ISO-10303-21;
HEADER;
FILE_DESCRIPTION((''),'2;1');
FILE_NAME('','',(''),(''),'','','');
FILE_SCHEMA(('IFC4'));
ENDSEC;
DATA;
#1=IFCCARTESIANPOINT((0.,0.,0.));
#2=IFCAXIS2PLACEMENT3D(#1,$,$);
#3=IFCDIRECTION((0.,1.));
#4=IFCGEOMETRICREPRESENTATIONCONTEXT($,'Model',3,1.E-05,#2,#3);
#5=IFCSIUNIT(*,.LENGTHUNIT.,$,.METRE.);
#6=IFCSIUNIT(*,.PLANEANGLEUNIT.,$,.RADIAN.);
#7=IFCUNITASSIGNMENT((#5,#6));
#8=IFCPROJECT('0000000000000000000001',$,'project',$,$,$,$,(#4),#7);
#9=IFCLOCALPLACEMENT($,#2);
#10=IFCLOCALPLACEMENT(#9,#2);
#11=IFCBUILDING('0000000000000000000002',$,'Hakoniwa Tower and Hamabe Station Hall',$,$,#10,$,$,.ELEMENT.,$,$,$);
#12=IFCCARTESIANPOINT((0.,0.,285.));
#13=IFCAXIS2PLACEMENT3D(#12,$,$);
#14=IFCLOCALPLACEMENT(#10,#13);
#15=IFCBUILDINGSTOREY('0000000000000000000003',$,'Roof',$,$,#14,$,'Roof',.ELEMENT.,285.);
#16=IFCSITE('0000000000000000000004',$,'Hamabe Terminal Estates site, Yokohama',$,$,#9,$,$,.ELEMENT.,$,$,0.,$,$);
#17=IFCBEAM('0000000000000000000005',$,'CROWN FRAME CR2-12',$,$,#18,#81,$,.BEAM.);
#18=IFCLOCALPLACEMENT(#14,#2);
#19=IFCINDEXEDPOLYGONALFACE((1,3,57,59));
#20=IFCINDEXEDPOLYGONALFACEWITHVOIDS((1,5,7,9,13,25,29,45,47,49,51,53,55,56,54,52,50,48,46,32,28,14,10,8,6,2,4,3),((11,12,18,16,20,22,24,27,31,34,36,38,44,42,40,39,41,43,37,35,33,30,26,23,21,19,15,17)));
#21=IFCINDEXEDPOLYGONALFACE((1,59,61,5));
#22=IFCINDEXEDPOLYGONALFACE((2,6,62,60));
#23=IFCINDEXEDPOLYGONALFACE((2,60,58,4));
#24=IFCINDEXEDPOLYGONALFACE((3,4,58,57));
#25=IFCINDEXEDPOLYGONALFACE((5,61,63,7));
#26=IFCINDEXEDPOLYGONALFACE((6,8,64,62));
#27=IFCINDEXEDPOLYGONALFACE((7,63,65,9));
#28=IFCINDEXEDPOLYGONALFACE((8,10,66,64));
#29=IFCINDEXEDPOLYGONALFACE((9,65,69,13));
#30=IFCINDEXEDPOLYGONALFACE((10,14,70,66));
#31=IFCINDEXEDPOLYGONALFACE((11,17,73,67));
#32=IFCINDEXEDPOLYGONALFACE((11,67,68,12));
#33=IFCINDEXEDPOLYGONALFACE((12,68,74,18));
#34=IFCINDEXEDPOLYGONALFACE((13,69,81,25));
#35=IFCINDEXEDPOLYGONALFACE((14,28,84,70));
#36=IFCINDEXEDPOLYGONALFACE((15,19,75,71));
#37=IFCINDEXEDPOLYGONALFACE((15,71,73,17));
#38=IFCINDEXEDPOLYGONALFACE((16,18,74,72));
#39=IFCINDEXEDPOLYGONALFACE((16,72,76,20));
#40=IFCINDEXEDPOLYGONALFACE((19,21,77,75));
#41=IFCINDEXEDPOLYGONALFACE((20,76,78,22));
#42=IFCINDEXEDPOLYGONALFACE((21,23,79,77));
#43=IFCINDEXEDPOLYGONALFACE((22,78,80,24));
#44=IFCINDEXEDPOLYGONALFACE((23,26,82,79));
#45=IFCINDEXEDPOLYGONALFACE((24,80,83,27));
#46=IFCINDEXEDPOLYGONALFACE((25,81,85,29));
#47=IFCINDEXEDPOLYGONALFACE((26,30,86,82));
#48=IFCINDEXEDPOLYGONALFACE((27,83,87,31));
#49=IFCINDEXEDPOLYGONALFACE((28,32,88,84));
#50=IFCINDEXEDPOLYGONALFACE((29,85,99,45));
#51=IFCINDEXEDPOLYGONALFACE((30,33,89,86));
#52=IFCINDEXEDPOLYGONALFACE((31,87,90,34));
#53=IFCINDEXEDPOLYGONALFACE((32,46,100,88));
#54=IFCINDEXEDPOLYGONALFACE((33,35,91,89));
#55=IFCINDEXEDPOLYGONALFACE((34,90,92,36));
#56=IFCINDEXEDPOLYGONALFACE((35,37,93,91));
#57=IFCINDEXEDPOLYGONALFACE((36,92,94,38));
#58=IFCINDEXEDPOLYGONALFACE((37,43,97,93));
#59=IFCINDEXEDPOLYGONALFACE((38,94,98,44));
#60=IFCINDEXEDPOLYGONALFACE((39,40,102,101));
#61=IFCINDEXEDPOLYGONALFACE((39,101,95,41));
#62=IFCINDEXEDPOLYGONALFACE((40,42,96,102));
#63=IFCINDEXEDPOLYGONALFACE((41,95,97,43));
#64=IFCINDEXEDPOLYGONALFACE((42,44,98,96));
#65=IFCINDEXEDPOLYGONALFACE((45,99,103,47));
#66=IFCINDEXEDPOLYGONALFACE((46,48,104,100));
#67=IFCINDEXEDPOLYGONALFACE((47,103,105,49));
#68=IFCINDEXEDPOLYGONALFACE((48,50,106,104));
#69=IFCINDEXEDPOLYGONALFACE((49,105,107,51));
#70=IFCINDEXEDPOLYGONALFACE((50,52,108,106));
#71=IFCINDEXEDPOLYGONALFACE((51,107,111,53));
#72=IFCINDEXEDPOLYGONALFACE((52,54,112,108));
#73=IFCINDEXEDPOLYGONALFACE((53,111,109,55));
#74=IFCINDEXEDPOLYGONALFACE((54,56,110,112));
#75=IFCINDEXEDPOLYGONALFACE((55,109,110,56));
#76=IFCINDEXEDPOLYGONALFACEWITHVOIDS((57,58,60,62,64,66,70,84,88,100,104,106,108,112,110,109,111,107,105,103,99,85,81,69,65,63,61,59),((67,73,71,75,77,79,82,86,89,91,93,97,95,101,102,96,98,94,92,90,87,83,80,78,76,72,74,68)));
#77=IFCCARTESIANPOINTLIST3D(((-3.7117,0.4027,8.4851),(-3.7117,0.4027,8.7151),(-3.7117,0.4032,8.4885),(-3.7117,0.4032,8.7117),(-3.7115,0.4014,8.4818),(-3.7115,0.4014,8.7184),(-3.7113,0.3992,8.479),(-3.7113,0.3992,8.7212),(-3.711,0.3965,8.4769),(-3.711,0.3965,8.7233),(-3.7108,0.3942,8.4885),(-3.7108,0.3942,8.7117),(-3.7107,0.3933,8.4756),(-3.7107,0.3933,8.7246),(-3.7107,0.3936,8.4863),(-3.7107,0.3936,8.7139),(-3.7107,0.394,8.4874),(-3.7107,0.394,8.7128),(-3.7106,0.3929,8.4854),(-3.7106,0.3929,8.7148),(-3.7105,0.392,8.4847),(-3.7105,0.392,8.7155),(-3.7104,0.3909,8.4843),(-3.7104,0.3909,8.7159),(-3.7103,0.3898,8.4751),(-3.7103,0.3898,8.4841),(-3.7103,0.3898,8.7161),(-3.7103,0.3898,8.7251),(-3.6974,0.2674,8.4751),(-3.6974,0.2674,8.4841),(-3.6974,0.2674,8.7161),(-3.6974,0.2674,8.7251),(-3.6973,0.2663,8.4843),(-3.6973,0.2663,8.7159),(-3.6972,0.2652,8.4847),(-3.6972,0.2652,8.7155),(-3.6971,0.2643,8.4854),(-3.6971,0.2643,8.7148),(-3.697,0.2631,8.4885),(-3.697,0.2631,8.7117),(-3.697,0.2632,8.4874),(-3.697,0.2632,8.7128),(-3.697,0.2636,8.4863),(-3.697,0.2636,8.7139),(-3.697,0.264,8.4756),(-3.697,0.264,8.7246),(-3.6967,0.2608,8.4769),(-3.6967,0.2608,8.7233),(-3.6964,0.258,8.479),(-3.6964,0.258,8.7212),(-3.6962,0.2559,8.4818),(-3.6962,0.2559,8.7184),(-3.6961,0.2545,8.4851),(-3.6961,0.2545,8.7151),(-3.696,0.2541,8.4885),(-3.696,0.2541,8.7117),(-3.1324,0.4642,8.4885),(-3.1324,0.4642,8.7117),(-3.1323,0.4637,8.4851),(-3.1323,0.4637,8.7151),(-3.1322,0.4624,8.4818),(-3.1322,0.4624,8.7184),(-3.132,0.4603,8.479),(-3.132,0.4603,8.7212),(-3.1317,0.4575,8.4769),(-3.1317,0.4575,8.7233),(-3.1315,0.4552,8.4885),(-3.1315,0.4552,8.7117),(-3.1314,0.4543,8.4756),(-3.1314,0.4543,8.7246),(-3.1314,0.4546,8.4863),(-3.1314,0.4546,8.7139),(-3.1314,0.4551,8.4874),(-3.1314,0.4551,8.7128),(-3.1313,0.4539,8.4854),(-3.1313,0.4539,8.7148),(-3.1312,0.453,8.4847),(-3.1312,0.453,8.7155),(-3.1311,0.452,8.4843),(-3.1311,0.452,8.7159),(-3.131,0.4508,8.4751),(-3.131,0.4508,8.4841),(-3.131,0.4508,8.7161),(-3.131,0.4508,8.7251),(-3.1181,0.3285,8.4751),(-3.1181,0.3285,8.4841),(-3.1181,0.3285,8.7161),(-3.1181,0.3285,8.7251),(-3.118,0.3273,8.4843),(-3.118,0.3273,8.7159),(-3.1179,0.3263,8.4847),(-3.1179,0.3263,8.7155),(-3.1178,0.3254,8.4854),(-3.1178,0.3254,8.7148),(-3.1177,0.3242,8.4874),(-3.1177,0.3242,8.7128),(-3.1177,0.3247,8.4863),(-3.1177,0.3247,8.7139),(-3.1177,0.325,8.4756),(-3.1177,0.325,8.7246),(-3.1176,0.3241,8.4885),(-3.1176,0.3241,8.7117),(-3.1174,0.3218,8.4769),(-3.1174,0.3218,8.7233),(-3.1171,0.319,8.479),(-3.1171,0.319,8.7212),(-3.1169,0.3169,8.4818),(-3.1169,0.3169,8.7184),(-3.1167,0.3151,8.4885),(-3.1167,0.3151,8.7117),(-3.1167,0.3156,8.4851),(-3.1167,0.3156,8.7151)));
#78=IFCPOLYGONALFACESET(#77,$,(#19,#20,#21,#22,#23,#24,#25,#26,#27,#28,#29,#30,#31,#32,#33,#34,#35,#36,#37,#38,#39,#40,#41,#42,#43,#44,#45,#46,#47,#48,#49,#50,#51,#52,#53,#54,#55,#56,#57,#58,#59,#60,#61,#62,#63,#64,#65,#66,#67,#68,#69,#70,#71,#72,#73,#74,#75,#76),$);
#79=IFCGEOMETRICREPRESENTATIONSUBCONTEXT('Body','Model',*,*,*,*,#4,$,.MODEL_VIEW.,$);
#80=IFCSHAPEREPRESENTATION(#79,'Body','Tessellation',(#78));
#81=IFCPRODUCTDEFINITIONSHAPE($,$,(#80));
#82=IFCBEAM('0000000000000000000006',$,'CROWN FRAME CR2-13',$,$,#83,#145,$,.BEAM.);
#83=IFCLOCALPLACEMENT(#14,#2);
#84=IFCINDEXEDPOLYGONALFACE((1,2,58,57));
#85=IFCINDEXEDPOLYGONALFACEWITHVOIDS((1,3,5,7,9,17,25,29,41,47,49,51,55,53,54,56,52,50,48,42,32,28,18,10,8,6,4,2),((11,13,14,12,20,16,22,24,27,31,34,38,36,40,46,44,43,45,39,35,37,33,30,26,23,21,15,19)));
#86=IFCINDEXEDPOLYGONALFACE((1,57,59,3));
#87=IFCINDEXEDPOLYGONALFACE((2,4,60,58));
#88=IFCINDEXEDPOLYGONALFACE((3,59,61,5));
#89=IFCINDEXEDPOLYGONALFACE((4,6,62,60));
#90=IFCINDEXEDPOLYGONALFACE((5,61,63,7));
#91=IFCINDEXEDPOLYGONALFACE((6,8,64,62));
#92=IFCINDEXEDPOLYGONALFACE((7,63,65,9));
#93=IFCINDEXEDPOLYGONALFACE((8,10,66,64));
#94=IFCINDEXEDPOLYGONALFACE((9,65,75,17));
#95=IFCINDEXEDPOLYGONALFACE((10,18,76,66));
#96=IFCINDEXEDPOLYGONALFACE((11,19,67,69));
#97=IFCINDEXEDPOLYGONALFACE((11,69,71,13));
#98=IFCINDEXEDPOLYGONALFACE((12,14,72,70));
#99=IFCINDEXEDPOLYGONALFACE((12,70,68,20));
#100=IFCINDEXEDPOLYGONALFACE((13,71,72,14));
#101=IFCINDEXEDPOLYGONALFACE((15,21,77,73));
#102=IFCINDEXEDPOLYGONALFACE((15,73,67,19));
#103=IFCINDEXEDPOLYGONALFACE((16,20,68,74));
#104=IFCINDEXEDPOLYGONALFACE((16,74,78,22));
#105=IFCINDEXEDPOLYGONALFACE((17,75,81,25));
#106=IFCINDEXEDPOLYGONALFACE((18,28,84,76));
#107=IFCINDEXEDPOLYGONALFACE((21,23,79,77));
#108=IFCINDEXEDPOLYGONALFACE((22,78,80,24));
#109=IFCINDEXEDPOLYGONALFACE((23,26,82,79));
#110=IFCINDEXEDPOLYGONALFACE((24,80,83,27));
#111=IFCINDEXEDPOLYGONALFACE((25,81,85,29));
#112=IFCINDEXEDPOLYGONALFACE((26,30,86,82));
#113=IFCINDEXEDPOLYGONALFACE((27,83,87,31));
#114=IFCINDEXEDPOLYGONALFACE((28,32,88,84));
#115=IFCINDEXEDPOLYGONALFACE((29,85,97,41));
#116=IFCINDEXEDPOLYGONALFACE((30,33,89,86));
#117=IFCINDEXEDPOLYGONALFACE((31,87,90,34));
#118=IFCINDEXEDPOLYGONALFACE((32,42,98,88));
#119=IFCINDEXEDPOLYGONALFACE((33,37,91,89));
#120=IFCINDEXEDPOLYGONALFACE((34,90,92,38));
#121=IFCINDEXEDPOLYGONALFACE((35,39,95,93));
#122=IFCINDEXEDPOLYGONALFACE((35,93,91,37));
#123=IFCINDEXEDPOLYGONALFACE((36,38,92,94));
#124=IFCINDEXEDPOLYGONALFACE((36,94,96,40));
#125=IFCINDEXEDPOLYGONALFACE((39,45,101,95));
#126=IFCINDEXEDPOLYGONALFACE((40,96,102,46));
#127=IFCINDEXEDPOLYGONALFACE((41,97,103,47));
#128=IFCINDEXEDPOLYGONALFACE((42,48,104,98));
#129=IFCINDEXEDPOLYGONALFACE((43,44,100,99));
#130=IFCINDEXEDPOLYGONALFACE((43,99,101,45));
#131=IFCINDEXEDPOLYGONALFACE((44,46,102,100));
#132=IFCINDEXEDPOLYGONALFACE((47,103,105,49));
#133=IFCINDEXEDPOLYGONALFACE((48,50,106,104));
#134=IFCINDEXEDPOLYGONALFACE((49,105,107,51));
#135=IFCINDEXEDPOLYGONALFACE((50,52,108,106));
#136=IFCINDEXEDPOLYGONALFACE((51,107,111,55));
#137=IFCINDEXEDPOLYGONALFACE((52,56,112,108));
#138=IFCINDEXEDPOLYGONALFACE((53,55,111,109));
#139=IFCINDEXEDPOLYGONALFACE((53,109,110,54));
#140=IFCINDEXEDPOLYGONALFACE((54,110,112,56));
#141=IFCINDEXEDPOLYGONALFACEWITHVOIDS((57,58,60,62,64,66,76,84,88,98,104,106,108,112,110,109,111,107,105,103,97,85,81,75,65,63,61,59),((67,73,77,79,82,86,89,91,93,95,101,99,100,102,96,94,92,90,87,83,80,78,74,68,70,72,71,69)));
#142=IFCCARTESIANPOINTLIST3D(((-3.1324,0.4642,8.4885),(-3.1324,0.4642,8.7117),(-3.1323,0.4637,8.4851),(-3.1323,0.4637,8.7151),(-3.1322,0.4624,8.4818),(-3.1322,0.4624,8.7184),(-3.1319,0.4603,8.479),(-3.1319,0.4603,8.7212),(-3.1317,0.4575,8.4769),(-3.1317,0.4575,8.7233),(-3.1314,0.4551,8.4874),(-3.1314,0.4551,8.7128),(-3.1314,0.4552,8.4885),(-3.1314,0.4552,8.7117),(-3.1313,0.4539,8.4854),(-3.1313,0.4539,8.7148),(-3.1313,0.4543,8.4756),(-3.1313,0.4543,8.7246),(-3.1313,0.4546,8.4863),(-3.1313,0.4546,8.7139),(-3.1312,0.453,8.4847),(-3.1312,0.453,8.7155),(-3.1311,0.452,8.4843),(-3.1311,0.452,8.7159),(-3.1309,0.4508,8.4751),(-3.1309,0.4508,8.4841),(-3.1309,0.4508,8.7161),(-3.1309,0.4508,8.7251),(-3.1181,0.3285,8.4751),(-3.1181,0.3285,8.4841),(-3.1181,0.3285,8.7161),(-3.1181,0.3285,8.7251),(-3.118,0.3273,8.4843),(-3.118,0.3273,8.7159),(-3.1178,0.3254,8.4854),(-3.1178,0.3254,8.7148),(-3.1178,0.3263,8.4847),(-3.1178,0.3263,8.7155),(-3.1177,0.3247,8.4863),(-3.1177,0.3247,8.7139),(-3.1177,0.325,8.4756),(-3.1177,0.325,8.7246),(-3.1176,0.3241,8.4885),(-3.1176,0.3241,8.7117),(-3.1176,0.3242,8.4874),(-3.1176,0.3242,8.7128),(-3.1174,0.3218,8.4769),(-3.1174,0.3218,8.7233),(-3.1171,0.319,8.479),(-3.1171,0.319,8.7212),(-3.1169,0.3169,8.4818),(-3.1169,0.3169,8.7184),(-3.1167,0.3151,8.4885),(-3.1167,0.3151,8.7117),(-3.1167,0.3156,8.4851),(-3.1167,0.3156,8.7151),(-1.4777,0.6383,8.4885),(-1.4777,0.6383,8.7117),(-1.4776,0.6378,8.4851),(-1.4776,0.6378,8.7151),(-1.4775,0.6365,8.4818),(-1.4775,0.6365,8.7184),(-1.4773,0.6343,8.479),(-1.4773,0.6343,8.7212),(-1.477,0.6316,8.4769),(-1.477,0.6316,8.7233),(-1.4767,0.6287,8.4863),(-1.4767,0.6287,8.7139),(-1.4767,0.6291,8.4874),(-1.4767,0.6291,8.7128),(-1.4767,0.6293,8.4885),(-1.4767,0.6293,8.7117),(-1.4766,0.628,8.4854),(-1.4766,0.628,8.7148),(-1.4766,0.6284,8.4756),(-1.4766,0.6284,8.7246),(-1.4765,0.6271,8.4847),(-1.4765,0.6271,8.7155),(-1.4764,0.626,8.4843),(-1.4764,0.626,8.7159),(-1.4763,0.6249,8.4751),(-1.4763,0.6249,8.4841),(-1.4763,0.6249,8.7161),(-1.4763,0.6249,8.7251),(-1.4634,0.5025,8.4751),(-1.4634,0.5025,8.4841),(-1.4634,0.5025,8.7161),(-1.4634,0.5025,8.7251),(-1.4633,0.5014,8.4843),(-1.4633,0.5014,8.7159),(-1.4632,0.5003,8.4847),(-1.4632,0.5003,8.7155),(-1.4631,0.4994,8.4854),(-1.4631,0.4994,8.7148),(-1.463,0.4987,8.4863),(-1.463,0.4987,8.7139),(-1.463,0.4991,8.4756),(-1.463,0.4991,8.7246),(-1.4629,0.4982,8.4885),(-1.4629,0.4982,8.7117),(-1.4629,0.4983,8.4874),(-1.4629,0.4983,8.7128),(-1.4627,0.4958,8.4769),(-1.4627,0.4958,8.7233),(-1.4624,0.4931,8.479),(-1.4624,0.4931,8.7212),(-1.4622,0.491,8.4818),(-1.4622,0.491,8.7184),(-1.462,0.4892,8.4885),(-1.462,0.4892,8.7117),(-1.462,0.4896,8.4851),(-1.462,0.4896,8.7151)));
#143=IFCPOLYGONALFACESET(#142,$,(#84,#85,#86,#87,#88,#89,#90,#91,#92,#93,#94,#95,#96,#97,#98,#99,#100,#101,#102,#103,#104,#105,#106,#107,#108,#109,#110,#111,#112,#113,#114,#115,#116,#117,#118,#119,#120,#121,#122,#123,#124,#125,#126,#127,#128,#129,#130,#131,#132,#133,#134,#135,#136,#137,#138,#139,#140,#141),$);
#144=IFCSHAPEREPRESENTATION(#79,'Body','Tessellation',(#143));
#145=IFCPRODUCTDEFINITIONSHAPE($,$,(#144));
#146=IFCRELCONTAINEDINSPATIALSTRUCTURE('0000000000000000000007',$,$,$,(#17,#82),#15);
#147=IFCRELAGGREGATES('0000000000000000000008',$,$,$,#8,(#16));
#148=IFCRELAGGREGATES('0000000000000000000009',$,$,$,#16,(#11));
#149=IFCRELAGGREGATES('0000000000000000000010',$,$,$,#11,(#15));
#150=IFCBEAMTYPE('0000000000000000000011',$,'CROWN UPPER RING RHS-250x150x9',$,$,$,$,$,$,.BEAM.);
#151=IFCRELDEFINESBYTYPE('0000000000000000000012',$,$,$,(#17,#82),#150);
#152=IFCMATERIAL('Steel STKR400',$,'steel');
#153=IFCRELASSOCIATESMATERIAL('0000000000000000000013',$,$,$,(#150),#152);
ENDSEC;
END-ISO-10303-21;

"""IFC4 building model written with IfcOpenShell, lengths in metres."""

from ifc_helpers import new_model, si_unit, direction, frame, origin, origin_2d, place, context, subcontext, project, spatial, hollow_rectangle, extrude, material, material_profile, profile_set, type_object, element, save


model = new_model("IFC4")

# Units and contexts
model_context = context("Model", 3, precision=1e-05, world=origin(), true_north=direction((0.0, 1.0)))
body_context = subcontext(model_context, "Body", "Model", "MODEL_VIEW")
ifc_project = project(units=[si_unit("LENGTHUNIT", "METRE"), si_unit("PLANEANGLEUNIT", "RADIAN")], contexts=[model_context])

# Site, building, storey
site_placement = place(None, origin())
site = spatial("IfcSite", under=ifc_project, at=site_placement, Name="Hamabe Terminal Estates site, Yokohama", CompositionType="ELEMENT", RefElevation=0.0)
building_placement = place(site_placement, origin())
building = spatial("IfcBuilding", under=site, at=building_placement, Name="Hakoniwa Tower and Hamabe Station Hall", CompositionType="ELEMENT")
storey_placement = place(building_placement, frame((0.0, 0.0, 285.0)))
storey = spatial("IfcBuildingStorey", under=building, at=storey_placement, Name="Roof", LongName="Roof", CompositionType="ELEMENT", Elevation=285.0)

# Beams
ifc_material_1 = material(Name="Steel STKR400", Category="steel")
ifc_material_profile_1 = material_profile(ifc_material_1, hollow_rectangle(XDim=0.1499, YDim=0.25, WallThickness=0.009, InnerFilletRadius=0.0044, OuterFilletRadius=0.0134, at=origin_2d()), Name="RHS-250x150x9")
ifc_profile_set_1 = profile_set([ifc_material_profile_1], Name="Steel STKR400")
beam_type = type_object("IfcBeamType", Name="CROWN UPPER RING RHS-250x150x9", PredefinedType="BEAM", material=ifc_profile_set_1)
beam_1_placement = place(storey_placement, frame((-3.7039, 0.3286, 8.6001), z_axis=(0.994496, 0.104772, 0.0), x_axis=(-0.104772, 0.994496, 0.0)))
element("IfcBeam", 1, at=beam_1_placement, inside=storey, type_object=beam_type, Name="CROWN FRAME CR2-12", PredefinedType="BEAM", context=body_context, shape_type="SweptSolid", body=[
    extrude(hollow_rectangle(XDim=0.1499, YDim=0.25, WallThickness=0.009, InnerFilletRadius=0.0044, OuterFilletRadius=0.0134, at=origin_2d()), origin(), (0.0, 0.0, 1.0), 0.5825),
])
beam_2_placement = place(storey_placement, frame((-3.1245, 0.3896, 8.6001), z_axis=(0.994513, 0.104616, 0.0), x_axis=(-0.104616, 0.994513, 0.0)))
element("IfcBeam", 2, at=beam_2_placement, inside=storey, type_object=beam_type, Name="CROWN FRAME CR2-13", PredefinedType="BEAM", context=body_context, shape_type="SweptSolid", body=[
    extrude(hollow_rectangle(XDim=0.1499, YDim=0.25, WallThickness=0.009, InnerFilletRadius=0.0044, OuterFilletRadius=0.0134, at=origin_2d()), origin(), (0.0, 0.0, 1.0), 1.6638),
])

save(model, "model.ifc")
